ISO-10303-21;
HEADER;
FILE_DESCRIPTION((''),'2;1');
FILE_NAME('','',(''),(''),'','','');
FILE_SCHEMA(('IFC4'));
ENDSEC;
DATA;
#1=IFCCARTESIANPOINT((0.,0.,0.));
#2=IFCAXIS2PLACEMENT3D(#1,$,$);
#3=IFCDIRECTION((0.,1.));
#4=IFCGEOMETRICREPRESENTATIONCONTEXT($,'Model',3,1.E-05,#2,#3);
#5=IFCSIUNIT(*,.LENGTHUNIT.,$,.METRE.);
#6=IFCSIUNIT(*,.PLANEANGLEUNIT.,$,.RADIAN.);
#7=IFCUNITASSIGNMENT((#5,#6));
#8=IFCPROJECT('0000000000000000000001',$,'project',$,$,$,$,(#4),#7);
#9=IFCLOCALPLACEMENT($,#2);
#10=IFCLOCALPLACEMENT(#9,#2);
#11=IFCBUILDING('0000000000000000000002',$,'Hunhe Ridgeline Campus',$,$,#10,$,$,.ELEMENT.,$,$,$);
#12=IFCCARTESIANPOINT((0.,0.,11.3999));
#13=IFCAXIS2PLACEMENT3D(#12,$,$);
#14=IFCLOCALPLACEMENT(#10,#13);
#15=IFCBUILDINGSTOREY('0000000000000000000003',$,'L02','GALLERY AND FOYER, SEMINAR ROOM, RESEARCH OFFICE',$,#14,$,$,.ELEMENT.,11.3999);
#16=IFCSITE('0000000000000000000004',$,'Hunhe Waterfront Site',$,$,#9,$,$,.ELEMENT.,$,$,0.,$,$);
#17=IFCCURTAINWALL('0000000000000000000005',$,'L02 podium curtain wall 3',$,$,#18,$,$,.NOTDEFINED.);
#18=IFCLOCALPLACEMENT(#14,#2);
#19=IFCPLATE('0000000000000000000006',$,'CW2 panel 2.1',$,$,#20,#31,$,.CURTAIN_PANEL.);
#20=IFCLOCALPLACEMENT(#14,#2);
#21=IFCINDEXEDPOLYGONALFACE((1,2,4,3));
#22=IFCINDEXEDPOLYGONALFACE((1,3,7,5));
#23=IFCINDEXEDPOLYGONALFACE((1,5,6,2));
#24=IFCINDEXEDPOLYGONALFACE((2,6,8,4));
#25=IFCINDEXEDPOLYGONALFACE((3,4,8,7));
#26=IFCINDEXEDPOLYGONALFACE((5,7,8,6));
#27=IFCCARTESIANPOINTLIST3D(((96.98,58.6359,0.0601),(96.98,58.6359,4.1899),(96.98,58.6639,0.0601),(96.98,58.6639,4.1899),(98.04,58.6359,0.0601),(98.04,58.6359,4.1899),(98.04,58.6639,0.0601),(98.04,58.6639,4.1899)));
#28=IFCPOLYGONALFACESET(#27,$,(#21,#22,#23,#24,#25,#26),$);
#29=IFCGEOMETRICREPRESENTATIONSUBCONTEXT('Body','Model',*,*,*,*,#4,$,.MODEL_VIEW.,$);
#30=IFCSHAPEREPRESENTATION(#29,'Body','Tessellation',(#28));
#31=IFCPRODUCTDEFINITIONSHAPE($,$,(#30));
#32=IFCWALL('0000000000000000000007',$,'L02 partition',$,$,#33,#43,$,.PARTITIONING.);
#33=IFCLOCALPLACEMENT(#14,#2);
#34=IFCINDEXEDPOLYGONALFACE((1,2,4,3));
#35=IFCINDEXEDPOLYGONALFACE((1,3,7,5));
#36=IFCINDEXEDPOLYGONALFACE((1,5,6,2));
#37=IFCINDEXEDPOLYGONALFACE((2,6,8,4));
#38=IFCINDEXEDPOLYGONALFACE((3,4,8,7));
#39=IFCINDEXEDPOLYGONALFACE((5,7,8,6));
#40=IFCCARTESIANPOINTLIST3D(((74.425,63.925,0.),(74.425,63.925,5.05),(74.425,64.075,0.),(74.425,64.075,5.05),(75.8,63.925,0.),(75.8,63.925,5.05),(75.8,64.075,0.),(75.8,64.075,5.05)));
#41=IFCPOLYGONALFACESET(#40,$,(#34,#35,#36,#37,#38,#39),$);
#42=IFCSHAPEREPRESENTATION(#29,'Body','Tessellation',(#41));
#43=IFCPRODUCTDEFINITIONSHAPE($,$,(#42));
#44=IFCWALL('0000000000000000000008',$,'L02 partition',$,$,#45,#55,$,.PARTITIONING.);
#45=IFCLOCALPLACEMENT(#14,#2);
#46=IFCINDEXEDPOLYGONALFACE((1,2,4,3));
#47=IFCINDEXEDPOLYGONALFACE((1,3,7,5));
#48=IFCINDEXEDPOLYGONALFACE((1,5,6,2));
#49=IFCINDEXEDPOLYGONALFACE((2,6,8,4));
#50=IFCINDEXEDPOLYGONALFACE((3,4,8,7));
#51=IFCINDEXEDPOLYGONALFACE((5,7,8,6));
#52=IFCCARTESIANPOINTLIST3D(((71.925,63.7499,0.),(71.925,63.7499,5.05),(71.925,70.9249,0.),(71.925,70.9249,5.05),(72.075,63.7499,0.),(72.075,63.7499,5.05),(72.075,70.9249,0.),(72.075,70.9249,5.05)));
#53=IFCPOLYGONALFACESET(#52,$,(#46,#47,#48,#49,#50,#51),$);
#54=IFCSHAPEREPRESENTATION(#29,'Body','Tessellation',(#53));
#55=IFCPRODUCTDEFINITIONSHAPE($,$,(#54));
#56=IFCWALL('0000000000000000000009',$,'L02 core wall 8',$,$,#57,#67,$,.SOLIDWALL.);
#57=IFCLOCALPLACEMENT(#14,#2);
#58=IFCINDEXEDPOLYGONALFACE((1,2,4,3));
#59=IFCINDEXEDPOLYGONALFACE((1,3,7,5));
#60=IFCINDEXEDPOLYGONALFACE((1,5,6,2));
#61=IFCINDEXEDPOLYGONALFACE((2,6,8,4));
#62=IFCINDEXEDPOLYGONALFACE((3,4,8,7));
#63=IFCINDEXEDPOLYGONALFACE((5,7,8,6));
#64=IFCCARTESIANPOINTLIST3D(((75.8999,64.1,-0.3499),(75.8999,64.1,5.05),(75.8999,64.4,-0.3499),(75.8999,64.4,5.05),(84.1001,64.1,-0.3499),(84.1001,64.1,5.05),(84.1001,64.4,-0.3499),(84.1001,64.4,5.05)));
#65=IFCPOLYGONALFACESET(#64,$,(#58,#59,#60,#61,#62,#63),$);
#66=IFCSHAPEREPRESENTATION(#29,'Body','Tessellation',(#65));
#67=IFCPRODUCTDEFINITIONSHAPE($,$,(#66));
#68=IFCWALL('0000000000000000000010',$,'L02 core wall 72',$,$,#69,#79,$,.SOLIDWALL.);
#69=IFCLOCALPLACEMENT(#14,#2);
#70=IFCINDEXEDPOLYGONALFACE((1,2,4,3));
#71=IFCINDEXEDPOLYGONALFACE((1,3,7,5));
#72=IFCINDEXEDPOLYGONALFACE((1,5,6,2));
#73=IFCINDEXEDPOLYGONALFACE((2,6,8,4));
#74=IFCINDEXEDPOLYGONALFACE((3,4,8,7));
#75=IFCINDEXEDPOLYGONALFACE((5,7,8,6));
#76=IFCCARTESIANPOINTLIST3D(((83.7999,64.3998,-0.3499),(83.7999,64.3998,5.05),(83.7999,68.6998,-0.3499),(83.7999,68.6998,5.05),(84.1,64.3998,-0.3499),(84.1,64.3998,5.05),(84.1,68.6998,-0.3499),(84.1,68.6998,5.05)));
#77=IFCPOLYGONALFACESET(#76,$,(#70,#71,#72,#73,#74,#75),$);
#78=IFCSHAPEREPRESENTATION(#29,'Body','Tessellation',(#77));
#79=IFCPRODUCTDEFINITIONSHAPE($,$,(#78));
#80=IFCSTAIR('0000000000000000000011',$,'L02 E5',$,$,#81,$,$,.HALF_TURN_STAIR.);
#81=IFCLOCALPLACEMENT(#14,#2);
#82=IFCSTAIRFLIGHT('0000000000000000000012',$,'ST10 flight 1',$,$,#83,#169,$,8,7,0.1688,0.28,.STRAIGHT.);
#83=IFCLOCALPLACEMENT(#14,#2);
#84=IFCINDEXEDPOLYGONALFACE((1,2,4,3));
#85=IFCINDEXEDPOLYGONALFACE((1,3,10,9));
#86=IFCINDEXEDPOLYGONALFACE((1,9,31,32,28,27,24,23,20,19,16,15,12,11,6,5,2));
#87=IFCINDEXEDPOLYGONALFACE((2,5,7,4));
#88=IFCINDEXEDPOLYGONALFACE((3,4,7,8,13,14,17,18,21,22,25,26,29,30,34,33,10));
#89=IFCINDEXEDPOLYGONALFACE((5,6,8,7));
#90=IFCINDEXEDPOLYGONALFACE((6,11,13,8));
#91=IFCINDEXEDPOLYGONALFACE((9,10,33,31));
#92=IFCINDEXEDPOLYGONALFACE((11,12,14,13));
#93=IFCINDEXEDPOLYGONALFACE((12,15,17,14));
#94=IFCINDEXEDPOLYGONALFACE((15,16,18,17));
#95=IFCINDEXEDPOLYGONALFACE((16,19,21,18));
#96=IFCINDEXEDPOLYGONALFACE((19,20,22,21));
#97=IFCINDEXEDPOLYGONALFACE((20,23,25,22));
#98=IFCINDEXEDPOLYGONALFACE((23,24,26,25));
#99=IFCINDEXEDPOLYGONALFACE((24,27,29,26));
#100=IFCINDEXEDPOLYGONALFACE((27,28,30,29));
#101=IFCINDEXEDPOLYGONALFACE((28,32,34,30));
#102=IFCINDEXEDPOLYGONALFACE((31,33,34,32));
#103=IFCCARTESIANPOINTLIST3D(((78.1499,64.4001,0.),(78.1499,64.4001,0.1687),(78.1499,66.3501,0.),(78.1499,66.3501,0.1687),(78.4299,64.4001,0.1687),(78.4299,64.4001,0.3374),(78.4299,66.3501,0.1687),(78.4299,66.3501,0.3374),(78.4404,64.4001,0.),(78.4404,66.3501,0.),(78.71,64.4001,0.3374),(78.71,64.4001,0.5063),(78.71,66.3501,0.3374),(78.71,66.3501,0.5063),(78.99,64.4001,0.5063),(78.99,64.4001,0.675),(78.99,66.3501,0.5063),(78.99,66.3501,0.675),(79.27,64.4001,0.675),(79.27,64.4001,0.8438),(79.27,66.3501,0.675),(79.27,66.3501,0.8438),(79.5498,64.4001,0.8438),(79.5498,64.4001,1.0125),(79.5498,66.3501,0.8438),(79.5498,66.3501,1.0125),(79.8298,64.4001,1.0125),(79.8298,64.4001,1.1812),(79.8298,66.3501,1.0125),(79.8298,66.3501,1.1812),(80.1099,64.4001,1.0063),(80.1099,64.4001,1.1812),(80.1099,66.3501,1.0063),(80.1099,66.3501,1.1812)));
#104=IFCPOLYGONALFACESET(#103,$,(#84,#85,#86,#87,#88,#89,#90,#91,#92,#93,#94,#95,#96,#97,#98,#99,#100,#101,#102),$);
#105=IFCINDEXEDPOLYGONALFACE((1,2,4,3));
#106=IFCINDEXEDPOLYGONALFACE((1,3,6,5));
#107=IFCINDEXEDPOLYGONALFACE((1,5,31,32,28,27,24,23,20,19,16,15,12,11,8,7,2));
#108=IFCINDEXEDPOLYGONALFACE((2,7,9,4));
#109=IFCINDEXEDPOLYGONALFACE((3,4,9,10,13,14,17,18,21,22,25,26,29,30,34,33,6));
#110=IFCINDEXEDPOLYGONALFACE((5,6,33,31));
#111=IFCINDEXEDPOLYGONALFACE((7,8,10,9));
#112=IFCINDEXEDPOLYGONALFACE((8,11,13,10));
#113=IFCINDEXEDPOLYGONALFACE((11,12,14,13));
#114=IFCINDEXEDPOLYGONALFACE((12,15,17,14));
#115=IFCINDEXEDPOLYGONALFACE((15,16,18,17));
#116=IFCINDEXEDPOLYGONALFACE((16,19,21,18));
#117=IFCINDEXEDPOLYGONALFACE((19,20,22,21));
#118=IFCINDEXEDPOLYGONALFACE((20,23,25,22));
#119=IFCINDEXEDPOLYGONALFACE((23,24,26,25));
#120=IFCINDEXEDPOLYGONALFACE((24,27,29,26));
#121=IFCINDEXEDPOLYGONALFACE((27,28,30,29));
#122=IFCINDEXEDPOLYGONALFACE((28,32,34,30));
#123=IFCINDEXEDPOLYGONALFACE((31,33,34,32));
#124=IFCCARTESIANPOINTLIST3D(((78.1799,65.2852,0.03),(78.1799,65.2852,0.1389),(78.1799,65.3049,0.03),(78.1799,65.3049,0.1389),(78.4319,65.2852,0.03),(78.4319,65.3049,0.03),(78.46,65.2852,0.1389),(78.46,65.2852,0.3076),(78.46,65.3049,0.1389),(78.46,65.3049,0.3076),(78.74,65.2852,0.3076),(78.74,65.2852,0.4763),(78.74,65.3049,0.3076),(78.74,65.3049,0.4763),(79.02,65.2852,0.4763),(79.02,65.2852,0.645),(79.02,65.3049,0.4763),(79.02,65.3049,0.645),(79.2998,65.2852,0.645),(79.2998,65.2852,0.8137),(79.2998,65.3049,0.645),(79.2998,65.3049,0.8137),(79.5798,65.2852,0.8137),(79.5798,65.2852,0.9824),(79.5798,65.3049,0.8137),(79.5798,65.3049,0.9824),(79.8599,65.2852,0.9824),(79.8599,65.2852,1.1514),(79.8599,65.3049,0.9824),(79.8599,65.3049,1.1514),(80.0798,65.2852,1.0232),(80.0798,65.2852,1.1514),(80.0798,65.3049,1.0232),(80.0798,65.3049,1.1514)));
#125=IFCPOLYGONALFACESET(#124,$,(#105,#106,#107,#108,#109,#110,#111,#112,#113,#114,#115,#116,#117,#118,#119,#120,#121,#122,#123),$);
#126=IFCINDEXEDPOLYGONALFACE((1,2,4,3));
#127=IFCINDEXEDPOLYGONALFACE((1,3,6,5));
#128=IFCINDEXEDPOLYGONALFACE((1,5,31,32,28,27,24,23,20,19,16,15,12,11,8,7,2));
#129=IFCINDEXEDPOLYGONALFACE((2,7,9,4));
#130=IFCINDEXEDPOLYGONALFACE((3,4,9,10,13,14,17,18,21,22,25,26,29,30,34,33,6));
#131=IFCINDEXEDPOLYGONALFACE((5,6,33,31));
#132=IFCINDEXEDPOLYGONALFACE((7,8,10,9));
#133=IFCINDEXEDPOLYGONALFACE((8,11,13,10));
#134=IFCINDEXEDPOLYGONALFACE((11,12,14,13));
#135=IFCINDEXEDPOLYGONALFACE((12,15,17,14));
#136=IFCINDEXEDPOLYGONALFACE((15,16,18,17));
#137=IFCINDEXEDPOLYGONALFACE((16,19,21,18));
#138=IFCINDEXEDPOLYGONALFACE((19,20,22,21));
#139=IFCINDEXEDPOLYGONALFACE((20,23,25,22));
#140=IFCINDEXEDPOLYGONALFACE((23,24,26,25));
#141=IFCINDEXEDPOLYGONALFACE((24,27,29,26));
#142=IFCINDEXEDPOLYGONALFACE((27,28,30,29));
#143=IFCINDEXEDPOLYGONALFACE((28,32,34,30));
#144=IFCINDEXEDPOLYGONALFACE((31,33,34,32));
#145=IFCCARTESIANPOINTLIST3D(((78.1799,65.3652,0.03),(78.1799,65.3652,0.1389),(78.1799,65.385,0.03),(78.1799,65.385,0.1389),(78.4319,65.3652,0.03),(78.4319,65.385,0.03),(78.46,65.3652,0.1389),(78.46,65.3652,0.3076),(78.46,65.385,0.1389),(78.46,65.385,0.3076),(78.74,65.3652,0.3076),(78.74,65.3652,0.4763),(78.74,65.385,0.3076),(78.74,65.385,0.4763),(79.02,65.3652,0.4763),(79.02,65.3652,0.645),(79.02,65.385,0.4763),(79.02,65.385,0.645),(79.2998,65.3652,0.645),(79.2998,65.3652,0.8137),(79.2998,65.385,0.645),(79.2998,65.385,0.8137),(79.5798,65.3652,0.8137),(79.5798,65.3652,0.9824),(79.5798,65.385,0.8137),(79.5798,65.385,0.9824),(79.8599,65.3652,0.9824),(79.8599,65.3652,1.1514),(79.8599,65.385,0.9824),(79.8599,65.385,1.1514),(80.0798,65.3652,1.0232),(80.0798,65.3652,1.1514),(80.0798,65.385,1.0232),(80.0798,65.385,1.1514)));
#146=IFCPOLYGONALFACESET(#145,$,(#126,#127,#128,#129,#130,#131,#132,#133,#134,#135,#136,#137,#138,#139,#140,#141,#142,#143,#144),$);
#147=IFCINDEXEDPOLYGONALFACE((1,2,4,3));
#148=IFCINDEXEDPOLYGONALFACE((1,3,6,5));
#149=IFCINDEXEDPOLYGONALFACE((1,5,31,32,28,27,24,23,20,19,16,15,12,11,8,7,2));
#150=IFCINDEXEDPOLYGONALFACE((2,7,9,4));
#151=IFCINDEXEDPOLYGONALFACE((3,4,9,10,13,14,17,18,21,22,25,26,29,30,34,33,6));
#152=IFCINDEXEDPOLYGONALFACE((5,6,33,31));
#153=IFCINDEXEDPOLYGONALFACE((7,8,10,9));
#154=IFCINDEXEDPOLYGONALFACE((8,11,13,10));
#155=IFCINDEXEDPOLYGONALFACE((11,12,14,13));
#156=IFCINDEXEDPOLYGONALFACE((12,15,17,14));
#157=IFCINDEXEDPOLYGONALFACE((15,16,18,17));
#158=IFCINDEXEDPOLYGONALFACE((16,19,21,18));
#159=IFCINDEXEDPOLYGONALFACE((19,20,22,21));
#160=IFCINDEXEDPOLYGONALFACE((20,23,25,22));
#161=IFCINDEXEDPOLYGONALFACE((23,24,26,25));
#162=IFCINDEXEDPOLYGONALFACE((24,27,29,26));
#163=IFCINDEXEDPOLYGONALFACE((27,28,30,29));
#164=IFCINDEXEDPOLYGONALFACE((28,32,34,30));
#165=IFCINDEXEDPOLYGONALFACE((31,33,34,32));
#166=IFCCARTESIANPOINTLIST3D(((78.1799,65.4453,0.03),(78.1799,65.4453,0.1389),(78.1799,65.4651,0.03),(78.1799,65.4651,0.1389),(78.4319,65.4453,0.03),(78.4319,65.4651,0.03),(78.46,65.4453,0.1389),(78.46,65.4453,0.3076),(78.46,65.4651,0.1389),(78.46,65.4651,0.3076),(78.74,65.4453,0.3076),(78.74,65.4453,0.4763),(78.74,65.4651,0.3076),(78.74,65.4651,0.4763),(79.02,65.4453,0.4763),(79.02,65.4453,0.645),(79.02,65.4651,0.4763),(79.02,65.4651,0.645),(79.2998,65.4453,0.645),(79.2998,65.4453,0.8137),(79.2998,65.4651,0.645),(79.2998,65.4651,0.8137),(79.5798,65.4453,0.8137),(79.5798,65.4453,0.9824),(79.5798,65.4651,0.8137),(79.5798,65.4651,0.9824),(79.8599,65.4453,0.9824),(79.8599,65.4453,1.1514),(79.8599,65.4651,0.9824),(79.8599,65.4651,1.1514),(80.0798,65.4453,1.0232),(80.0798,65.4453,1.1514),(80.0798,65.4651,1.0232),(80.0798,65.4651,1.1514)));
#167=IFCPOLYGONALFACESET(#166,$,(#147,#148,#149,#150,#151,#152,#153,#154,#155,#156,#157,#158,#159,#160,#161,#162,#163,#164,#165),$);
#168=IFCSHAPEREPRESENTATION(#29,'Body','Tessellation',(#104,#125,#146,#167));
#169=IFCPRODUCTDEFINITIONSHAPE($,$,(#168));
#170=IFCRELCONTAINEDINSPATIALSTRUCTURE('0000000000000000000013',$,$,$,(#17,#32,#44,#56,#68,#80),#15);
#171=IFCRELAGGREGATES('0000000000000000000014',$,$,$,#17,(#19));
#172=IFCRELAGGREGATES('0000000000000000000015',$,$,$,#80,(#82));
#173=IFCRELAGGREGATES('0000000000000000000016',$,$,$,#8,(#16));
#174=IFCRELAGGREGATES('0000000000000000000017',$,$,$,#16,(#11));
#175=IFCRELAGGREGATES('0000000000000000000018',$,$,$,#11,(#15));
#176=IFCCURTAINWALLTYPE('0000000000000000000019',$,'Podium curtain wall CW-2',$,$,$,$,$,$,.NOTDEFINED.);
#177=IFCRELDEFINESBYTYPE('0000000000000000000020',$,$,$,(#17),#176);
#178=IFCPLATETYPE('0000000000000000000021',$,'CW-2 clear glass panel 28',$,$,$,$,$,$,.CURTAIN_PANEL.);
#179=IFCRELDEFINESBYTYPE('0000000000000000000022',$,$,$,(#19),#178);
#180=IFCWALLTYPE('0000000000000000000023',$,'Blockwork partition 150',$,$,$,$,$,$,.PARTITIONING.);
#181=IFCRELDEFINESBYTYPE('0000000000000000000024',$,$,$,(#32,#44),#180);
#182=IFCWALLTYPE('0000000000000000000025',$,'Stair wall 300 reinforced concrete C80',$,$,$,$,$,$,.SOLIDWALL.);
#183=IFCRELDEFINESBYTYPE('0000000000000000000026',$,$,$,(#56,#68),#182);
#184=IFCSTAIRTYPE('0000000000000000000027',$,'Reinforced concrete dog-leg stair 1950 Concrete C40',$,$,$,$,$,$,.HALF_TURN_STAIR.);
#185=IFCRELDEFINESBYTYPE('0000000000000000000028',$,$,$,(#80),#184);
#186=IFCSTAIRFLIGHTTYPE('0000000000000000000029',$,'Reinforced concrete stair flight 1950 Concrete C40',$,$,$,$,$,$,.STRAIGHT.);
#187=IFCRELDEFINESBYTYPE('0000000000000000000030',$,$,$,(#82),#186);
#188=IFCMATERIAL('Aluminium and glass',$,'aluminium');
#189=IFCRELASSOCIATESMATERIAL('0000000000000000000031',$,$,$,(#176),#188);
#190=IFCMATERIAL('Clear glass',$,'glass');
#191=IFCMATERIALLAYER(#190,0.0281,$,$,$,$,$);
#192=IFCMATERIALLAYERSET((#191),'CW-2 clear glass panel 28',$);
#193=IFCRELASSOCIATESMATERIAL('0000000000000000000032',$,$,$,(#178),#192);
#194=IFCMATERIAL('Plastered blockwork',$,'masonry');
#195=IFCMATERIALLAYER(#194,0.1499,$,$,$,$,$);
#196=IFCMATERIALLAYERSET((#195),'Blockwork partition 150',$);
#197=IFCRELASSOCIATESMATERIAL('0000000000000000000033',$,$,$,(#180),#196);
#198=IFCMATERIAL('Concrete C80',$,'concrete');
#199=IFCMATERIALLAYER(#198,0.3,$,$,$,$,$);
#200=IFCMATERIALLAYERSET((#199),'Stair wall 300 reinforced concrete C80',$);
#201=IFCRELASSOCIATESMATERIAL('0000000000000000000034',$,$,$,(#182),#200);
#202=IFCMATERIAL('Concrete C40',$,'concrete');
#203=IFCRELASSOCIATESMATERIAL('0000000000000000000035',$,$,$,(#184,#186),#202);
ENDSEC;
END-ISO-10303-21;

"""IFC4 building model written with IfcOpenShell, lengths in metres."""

from ifc_helpers import new_model, si_unit, direction, frame, frame_2d, origin, origin_2d, place, context, subcontext, project, spatial, polyline, rectangle, outline, extrude, material, layer, layer_set, type_object, element, aggregate, save


model = new_model("IFC4")

# Units and contexts
model_context = context("Model", 3, precision=1e-05, world=origin(), true_north=direction((0.0, 1.0)))
body_context = subcontext(model_context, "Body", "Model", "MODEL_VIEW")
ifc_project = project(units=[si_unit("LENGTHUNIT", "METRE"), si_unit("PLANEANGLEUNIT", "RADIAN")], contexts=[model_context])

# Site, building, storey
site_placement = place(None, origin())
site = spatial("IfcSite", under=ifc_project, at=site_placement, Name="Hunhe Waterfront Site", CompositionType="ELEMENT", RefElevation=0.0)
building_placement = place(site_placement, origin())
building = spatial("IfcBuilding", under=site, at=building_placement, Name="Hunhe Ridgeline Campus", CompositionType="ELEMENT")
storey_placement = place(building_placement, frame((0.0, 0.0, 11.3999)))
storey = spatial("IfcBuildingStorey", under=building, at=storey_placement, Name="L02", Description="GALLERY AND FOYER, SEMINAR ROOM, RESEARCH OFFICE", CompositionType="ELEMENT", Elevation=11.3999)

# Shared definitions
ifc_material_1 = material(Name="Concrete C80", Category="concrete")

# Shared definitions
ifc_material_2 = material(Name="Aluminium and glass", Category="aluminium")
curtain_wall_type = type_object("IfcCurtainWallType", Name="Podium curtain wall CW-2", PredefinedType="NOTDEFINED", material=ifc_material_2)

# Curtain wall
curtain_wall_1_placement = place(storey_placement, origin())
curtain_wall_1 = element("IfcCurtainWall", 1, at=curtain_wall_1_placement, inside=storey, type_object=curtain_wall_type, Name="L02 podium curtain wall 3", PredefinedType="NOTDEFINED")

# Plate
ifc_material_3 = material(Name="Clear glass", Category="glass")
ifc_layer_1 = layer(ifc_material_3, 0.0281)
ifc_layer_set_1 = layer_set([ifc_layer_1], Name="CW-2 clear glass panel 28")
plate_type = type_object("IfcPlateType", Name="CW-2 clear glass panel 28", PredefinedType="CURTAIN_PANEL", material=ifc_layer_set_1)
plate_1_placement = place(storey_placement, frame((97.51, 58.6499, 0.0601), z_axis=(0.0, 0.0, 1.0), x_axis=(1.0, 0.0, 0.0)))
plate_1 = element("IfcPlate", 2, at=plate_1_placement, type_object=plate_type, Name="CW2 panel 2.1", PredefinedType="CURTAIN_PANEL", context=body_context, shape_type="SweptSolid", body=[
    extrude(rectangle(XDim=1.0601, YDim=0.0281, at=origin_2d()), origin(), (0.0, 0.0, 1.0), 4.1299),
])
aggregate(curtain_wall_1, [plate_1])

# Walls
ifc_material_4 = material(Name="Plastered blockwork", Category="masonry")
ifc_layer_2 = layer(ifc_material_4, 0.1499)
ifc_layer_set_2 = layer_set([ifc_layer_2], Name="Blockwork partition 150")
wall_type_1 = type_object("IfcWallType", Name="Blockwork partition 150", PredefinedType="PARTITIONING", material=ifc_layer_set_2)
wall_1_placement = place(storey_placement, frame((74.425, 64.0, 0.0), z_axis=(0.0, 0.0, 1.0), x_axis=(1.0, 0.0, 0.0)))
element("IfcWall", 3, at=wall_1_placement, inside=storey, type_object=wall_type_1, Name="L02 partition", PredefinedType="PARTITIONING", context=body_context, shape_type="SweptSolid", body=[
    extrude(rectangle(XDim=1.375, YDim=0.1499, at=frame_2d((0.6875, 0.0))), origin(), (0.0, 0.0, 1.0), 5.05),
])
wall_2_placement = place(storey_placement, frame((72.0, 63.75, 0.0), z_axis=(0.0, 0.0, 1.0), x_axis=(0.0, 1.0, 0.0)))
element("IfcWall", 4, at=wall_2_placement, inside=storey, type_object=wall_type_1, Name="L02 partition", PredefinedType="PARTITIONING", context=body_context, shape_type="SweptSolid", body=[
    extrude(rectangle(XDim=7.175, YDim=0.1499, at=frame_2d((3.5874, 0.0))), origin(), (0.0, 0.0, 1.0), 5.05),
])
ifc_layer_3 = layer(ifc_material_1, 0.3)
ifc_layer_set_3 = layer_set([ifc_layer_3], Name="Stair wall 300 reinforced concrete C80")
wall_type_2 = type_object("IfcWallType", Name="Stair wall 300 reinforced concrete C80", PredefinedType="SOLIDWALL", material=ifc_layer_set_3)
wall_3_placement = place(storey_placement, frame((75.8999, 64.25, -0.3499), z_axis=(0.0, 0.0, 1.0), x_axis=(1.0, 0.0, 0.0)))
element("IfcWall", 5, at=wall_3_placement, inside=storey, type_object=wall_type_2, Name="L02 core wall 8", PredefinedType="SOLIDWALL", context=body_context, shape_type="SweptSolid", body=[
    extrude(rectangle(XDim=8.2002, YDim=0.3, at=frame_2d((4.1001, 0.0))), origin(), (0.0, 0.0, 1.0), 5.3999),
])

# Wall
wall_4_placement = place(storey_placement, frame((83.95, 64.3999, -0.3499), z_axis=(0.0, 0.0, 1.0), x_axis=(0.0, 1.0, 0.0)))
element("IfcWall", 6, at=wall_4_placement, inside=storey, type_object=wall_type_2, Name="L02 core wall 72", PredefinedType="SOLIDWALL", context=body_context, shape_type="SweptSolid", body=[
    extrude(rectangle(XDim=4.3, YDim=0.3, at=frame_2d((2.1499, 0.0))), origin(), (0.0, 0.0, 1.0), 5.3999),
])

# Stair, stair flight
ifc_material_5 = material(Name="Concrete C40", Category="concrete")
stair_type = type_object("IfcStairType", Name="Reinforced concrete dog-leg stair 1950 Concrete C40", PredefinedType="HALF_TURN_STAIR", material=ifc_material_5)
stair_placement = place(storey_placement, origin())
stair = element("IfcStair", 7, at=stair_placement, inside=storey, type_object=stair_type, Name="L02 E5", PredefinedType="HALF_TURN_STAIR")
stair_flight_type = type_object("IfcStairFlightType", Name="Reinforced concrete stair flight 1950 Concrete C40", PredefinedType="STRAIGHT", material=ifc_material_5)
stair_flight_1_placement = place(storey_placement, frame((78.1499, 65.375, 0.0), z_axis=(0.0, 0.0, 1.0), x_axis=(1.0, 0.0, 0.0)))
stair_flight_1 = element("IfcStairFlight", 8, at=stair_flight_1_placement, type_object=stair_flight_type, Name="ST10 flight 1", NumberOfRisers=8, NumberOfTreads=7, PredefinedType="STRAIGHT", RiserHeight=0.1688, TreadLength=0.28, context=body_context, shape_type="SweptSolid", body=[
    extrude(outline(polyline([(0.0, 0.0), (0.0, 0.1687), (0.28, 0.1687), (0.28, 0.3374), (0.5601, 0.3374), (0.5601, 0.5063), (0.8401, 0.5063), (0.8401, 0.675), (1.1201, 0.675), (1.1201, 0.8438), (1.3999, 0.8438), (1.3999, 1.0125), (1.6799, 1.0125), (1.6799, 1.1812), (1.96, 1.1812), (1.96, 1.3501), (1.96, 1.0063), (0.2905, 0.0), (0.0, 0.0)])), frame((0.0, 0.9751, 0.0), z_axis=(0.0, -1.0, 0.0), x_axis=(1.0, 0.0, 0.0)), (0.0, 0.0, 1.0), 1.95),
    extrude(outline(polyline([(0.03, 0.03), (0.03, 0.1389), (0.3101, 0.1389), (0.3101, 0.3076), (0.5901, 0.3076), (0.5901, 0.4763), (0.8701, 0.4763), (0.8701, 0.645), (1.1499, 0.645), (1.1499, 0.8137), (1.4299, 0.8137), (1.4299, 0.9824), (1.71, 0.9824), (1.71, 1.1514), (1.9299, 1.1514), (1.9299, 1.0232), (0.282, 0.03), (0.03, 0.03)])), frame((0.0, -0.0701, 0.0), z_axis=(0.0, -1.0, 0.0), x_axis=(1.0, 0.0, 0.0)), (0.0, 0.0, 1.0), 0.0198),
    extrude(outline(polyline([(0.03, 0.03), (0.03, 0.1389), (0.3101, 0.1389), (0.3101, 0.3076), (0.5901, 0.3076), (0.5901, 0.4763), (0.8701, 0.4763), (0.8701, 0.645), (1.1499, 0.645), (1.1499, 0.8137), (1.4299, 0.8137), (1.4299, 0.9824), (1.71, 0.9824), (1.71, 1.1514), (1.9299, 1.1514), (1.9299, 1.0232), (0.282, 0.03), (0.03, 0.03)])), frame((0.0, 0.01, 0.0), z_axis=(0.0, -1.0, 0.0), x_axis=(1.0, 0.0, 0.0)), (0.0, 0.0, 1.0), 0.0198),
    extrude(outline(polyline([(0.03, 0.03), (0.03, 0.1389), (0.3101, 0.1389), (0.3101, 0.3076), (0.5901, 0.3076), (0.5901, 0.4763), (0.8701, 0.4763), (0.8701, 0.645), (1.1499, 0.645), (1.1499, 0.8137), (1.4299, 0.8137), (1.4299, 0.9824), (1.71, 0.9824), (1.71, 1.1514), (1.9299, 1.1514), (1.9299, 1.0232), (0.282, 0.03), (0.03, 0.03)])), frame((0.0, 0.0901, 0.0), z_axis=(0.0, -1.0, 0.0), x_axis=(1.0, 0.0, 0.0)), (0.0, 0.0, 1.0), 0.0198),
])
aggregate(stair, [stair_flight_1])

save(model, "model.ifc")
